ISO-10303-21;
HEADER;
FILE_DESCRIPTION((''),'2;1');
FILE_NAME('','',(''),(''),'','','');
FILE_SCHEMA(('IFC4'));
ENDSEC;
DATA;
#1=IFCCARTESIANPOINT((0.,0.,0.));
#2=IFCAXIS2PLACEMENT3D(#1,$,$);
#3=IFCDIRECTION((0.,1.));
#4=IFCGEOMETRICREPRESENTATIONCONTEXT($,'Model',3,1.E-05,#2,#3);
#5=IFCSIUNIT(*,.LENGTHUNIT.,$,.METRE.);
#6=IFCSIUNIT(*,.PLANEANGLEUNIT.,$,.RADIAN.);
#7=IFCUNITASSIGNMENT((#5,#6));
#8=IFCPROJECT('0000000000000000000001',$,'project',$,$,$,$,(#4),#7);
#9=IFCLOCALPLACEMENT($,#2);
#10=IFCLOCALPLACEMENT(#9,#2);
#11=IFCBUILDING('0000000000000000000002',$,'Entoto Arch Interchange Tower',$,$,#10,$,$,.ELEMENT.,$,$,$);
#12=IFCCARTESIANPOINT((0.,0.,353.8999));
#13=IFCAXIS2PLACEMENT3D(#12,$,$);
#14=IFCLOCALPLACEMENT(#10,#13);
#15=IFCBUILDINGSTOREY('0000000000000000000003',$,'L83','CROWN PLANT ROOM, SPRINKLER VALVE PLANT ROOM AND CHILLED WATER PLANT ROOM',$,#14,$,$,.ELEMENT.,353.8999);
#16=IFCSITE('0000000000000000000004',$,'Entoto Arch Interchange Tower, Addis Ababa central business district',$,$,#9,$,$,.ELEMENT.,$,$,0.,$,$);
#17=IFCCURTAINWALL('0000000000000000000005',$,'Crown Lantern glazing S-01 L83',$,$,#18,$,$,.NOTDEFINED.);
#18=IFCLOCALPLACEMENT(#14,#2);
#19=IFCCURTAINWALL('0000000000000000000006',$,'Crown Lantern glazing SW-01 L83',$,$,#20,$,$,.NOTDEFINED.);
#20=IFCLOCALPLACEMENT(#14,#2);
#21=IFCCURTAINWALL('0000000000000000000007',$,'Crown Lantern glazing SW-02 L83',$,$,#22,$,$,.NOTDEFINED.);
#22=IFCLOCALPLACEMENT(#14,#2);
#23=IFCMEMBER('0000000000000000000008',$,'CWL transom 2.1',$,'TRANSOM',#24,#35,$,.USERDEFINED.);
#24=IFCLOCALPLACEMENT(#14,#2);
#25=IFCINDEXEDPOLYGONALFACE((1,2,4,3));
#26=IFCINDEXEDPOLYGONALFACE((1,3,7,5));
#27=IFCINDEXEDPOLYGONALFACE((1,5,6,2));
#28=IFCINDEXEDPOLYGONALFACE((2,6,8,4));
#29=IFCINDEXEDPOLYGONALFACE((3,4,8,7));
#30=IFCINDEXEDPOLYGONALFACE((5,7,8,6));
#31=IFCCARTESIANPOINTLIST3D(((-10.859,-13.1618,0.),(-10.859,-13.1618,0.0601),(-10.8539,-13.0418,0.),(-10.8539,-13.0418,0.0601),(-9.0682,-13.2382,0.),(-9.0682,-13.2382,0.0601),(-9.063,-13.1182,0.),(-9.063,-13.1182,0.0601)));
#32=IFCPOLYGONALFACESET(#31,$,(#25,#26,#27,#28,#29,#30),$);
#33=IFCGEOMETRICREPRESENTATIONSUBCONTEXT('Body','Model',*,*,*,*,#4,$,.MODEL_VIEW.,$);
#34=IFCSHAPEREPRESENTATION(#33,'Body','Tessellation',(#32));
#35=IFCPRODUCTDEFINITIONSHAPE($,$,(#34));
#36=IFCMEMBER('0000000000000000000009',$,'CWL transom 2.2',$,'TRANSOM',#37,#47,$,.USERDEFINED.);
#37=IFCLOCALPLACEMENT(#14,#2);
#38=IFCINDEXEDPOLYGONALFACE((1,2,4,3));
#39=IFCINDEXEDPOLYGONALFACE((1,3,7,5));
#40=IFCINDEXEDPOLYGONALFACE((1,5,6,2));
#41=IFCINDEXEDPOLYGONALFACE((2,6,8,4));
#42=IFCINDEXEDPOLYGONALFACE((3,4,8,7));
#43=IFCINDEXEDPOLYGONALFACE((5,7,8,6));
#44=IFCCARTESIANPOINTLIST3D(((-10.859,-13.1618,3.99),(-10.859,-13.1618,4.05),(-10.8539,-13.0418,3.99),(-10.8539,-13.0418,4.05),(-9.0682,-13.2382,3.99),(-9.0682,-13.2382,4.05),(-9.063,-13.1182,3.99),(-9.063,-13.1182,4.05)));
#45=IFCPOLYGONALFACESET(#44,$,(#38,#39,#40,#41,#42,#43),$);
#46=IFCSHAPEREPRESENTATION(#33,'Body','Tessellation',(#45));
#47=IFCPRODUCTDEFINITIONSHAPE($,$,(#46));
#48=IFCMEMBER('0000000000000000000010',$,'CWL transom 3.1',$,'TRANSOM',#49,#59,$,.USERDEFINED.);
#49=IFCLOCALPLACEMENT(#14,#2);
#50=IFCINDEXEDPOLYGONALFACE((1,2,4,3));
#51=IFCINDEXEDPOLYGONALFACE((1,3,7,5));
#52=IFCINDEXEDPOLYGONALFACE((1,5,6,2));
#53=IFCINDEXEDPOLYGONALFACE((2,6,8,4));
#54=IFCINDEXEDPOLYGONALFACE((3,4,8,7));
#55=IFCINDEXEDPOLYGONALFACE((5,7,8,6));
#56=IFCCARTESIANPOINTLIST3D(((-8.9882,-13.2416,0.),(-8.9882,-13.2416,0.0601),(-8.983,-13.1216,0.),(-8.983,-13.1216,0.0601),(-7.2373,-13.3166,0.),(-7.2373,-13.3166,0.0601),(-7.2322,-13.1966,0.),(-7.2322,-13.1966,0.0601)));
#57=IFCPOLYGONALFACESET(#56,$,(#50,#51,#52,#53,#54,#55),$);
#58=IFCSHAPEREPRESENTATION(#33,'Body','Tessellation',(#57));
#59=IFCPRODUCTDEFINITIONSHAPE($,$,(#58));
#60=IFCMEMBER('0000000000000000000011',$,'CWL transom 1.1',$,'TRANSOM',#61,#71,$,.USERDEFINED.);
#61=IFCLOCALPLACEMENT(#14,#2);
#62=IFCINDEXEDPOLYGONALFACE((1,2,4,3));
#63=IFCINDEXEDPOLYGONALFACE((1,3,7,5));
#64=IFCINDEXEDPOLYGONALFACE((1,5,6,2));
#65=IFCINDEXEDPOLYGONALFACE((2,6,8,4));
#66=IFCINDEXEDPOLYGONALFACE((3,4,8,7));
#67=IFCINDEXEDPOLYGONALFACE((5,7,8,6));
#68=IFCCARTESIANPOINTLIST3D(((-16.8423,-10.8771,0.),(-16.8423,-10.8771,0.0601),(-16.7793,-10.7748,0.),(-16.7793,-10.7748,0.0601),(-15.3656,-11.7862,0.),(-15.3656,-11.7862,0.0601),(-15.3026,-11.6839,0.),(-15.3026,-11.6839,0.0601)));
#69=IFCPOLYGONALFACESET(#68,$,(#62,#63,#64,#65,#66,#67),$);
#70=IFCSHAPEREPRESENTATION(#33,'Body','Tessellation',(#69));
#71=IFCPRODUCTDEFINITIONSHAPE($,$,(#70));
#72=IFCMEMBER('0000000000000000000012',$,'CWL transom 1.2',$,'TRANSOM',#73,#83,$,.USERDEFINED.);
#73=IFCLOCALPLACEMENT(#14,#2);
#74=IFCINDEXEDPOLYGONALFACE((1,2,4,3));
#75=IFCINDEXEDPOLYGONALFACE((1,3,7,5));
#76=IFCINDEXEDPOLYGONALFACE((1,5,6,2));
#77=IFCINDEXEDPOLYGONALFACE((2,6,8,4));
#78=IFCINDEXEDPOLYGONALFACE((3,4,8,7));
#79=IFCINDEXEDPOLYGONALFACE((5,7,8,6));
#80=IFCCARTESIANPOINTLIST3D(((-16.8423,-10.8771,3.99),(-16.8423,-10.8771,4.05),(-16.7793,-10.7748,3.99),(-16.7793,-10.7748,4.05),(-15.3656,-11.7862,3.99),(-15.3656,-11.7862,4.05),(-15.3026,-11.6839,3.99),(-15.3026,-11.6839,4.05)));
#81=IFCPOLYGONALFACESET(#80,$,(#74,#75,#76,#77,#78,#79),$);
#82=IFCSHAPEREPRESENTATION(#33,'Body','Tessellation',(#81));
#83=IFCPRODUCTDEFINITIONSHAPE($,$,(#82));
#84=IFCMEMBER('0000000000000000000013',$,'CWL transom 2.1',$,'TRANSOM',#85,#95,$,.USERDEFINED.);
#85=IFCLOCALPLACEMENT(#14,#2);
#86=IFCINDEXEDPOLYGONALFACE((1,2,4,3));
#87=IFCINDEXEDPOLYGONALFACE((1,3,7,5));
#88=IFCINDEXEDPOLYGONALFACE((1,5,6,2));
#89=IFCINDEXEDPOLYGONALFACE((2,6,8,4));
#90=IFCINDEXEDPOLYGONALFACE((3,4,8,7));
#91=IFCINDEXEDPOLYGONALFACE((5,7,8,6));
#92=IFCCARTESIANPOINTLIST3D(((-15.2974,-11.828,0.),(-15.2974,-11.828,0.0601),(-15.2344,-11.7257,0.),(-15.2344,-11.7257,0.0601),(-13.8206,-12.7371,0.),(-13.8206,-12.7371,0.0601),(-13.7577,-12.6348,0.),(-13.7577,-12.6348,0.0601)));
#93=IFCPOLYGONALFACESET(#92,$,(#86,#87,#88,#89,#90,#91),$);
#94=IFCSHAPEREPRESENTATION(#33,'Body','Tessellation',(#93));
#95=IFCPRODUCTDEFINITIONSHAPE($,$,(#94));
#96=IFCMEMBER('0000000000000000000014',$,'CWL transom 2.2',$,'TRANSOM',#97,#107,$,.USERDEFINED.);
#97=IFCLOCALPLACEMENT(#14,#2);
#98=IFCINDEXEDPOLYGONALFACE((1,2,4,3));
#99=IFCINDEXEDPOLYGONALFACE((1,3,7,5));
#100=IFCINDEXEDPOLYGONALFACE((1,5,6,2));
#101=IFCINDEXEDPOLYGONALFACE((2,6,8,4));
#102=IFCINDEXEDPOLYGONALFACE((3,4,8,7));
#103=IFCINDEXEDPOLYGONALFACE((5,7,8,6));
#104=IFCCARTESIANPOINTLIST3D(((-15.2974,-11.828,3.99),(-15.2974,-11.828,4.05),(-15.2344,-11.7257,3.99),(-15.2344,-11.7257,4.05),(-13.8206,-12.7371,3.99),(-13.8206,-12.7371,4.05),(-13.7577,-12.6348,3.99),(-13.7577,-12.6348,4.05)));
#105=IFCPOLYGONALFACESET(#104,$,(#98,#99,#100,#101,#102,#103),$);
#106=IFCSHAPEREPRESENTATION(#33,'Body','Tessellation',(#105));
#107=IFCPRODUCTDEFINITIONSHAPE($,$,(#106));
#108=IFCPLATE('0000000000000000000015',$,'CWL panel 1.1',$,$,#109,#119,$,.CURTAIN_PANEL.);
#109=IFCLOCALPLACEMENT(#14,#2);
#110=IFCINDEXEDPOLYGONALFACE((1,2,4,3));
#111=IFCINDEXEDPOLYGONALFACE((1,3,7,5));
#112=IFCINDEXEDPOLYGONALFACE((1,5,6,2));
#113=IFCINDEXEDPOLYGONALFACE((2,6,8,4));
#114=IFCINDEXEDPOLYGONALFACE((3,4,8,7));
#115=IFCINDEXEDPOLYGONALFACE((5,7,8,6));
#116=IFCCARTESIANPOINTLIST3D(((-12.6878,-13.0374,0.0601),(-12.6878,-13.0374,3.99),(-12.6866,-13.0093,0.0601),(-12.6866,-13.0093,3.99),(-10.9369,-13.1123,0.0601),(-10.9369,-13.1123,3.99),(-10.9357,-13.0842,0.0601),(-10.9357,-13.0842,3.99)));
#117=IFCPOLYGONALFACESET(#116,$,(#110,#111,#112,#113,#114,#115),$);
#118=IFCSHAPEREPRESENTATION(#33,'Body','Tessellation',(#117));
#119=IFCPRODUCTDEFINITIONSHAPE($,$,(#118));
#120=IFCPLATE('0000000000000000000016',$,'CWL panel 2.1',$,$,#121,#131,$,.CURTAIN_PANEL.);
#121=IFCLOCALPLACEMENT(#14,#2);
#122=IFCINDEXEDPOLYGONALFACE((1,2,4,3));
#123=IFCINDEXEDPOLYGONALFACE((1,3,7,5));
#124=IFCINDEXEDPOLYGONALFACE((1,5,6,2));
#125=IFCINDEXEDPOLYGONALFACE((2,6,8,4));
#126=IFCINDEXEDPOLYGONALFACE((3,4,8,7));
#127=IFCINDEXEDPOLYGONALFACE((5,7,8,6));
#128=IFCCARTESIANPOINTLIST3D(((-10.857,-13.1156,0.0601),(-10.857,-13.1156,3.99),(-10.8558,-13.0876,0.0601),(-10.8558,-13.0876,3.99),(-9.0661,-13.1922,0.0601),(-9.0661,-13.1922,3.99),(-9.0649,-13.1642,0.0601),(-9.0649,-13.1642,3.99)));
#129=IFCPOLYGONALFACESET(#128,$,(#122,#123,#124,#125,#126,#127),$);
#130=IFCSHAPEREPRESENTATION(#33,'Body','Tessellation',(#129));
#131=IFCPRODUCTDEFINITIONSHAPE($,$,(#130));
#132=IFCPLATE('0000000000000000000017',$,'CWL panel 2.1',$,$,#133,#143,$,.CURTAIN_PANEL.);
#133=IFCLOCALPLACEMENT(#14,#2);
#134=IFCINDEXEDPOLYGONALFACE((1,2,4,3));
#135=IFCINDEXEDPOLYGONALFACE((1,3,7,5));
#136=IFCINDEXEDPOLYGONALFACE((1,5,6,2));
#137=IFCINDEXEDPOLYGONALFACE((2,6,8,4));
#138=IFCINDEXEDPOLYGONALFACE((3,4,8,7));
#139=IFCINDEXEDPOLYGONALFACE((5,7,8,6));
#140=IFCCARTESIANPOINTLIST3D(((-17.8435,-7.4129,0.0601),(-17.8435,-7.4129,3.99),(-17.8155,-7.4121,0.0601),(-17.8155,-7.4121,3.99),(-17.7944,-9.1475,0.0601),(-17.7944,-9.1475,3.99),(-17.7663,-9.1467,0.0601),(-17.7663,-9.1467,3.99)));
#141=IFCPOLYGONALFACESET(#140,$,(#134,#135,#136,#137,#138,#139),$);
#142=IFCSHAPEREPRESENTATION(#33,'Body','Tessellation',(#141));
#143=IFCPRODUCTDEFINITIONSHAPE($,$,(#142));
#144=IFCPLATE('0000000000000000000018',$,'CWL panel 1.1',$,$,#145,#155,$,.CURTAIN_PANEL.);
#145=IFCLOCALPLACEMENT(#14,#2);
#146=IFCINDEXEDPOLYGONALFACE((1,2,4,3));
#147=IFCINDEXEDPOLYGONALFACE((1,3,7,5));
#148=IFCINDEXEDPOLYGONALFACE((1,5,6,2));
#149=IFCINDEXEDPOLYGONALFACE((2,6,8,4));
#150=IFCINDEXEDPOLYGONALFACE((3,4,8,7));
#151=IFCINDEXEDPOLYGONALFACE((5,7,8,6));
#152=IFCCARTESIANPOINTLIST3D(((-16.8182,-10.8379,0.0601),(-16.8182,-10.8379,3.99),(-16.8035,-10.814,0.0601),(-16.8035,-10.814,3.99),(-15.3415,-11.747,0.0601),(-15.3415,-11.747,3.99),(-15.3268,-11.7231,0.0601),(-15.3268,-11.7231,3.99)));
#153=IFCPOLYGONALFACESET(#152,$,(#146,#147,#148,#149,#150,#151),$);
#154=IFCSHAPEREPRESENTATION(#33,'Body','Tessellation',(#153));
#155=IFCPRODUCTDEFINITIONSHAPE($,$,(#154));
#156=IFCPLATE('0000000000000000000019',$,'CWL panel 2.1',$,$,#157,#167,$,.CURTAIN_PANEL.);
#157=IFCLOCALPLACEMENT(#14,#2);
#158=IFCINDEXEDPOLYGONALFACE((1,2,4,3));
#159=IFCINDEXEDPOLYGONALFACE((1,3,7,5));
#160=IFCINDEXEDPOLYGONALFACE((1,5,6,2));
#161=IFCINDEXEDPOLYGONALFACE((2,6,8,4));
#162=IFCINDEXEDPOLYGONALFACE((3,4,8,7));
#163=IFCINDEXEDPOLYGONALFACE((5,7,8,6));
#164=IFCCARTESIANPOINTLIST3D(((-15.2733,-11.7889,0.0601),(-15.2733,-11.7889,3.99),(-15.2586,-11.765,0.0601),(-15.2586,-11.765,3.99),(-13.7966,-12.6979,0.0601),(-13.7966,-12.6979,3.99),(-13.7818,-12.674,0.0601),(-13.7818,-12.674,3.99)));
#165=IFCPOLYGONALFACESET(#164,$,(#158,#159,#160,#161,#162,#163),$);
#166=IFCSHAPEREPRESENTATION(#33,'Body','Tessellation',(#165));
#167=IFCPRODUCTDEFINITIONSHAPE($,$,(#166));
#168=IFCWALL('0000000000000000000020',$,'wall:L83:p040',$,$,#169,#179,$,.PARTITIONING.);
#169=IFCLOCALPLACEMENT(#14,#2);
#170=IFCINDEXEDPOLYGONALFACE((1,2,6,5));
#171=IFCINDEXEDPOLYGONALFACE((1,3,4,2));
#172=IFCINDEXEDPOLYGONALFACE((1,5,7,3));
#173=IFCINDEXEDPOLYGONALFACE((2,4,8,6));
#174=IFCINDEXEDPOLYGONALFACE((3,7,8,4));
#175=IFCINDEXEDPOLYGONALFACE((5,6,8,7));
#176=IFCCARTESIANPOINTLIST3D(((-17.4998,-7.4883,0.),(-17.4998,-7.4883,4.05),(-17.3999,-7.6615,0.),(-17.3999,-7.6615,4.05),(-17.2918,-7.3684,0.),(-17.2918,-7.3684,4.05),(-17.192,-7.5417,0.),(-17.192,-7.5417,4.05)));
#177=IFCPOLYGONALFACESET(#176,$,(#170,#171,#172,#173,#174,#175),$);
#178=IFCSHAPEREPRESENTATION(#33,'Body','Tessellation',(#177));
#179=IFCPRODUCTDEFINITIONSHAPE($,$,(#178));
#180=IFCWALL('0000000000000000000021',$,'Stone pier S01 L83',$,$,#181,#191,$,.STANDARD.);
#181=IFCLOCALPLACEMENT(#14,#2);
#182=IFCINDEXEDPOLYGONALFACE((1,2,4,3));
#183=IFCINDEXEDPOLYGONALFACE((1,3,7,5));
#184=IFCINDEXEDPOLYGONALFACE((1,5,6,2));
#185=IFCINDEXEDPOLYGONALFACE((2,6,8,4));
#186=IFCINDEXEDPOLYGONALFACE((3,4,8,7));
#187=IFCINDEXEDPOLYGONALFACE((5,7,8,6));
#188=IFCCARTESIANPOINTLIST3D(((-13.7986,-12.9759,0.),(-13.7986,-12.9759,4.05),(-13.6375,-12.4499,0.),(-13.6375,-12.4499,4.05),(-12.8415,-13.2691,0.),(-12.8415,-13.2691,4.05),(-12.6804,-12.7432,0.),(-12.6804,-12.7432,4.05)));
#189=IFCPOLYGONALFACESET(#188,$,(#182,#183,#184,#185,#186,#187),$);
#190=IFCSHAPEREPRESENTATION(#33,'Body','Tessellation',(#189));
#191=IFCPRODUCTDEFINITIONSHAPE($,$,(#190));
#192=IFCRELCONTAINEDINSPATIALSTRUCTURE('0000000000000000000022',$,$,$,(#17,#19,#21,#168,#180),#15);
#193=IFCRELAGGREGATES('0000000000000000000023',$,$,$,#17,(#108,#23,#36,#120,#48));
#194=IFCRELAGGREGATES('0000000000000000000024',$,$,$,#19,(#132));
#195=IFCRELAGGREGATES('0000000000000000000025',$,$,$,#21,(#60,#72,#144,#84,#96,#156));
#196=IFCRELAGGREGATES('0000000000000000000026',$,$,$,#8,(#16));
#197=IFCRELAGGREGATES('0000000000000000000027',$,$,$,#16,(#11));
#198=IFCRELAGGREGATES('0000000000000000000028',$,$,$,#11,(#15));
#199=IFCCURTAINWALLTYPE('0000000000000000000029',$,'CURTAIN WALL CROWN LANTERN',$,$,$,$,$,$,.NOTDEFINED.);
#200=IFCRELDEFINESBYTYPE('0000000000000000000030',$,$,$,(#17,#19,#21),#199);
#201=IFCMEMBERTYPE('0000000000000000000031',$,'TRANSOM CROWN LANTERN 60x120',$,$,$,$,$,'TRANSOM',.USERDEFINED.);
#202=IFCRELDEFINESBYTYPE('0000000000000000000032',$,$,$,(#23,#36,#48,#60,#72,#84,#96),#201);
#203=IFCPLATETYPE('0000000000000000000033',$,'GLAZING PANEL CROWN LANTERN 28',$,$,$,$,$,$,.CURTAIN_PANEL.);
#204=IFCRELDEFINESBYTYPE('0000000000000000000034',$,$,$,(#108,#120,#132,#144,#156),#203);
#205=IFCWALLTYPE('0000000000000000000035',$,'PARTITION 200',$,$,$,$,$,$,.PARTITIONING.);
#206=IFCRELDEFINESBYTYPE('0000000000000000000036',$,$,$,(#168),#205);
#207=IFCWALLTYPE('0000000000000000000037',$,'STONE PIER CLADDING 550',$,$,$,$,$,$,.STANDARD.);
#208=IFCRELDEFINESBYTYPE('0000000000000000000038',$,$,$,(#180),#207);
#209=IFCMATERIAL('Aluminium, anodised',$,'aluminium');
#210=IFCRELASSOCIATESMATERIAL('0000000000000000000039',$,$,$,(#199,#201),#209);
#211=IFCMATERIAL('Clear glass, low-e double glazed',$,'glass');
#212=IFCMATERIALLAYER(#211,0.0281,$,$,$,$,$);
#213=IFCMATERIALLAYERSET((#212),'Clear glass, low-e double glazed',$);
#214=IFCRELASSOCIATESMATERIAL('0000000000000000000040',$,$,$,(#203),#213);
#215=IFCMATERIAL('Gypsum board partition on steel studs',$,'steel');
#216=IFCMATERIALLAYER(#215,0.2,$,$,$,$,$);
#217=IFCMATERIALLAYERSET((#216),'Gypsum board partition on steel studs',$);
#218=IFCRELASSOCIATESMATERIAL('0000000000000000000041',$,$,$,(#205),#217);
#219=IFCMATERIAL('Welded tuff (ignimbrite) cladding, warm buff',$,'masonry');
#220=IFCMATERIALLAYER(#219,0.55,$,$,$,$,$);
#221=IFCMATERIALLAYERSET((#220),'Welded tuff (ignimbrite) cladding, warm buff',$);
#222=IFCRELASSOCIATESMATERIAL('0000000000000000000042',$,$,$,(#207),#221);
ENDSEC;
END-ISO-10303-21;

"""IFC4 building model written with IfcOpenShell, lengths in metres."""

from ifc_helpers import new_model, si_unit, direction, frame, frame_2d, origin, origin_2d, place, context, subcontext, project, spatial, rectangle, extrude, material, layer, layer_set, material_profile, profile_set, type_object, element, aggregate, save


model = new_model("IFC4")

# Units and contexts
model_context = context("Model", 3, precision=1e-05, world=origin(), true_north=direction((0.0, 1.0)))
body_context = subcontext(model_context, "Body", "Model", "MODEL_VIEW")
ifc_project = project(units=[si_unit("LENGTHUNIT", "METRE"), si_unit("PLANEANGLEUNIT", "RADIAN")], contexts=[model_context])

# Site, building, storey
site_placement = place(None, origin())
site = spatial("IfcSite", under=ifc_project, at=site_placement, Name="Entoto Arch Interchange Tower, Addis Ababa central business district", CompositionType="ELEMENT", RefElevation=0.0)
building_placement = place(site_placement, origin())
building = spatial("IfcBuilding", under=site, at=building_placement, Name="Entoto Arch Interchange Tower", CompositionType="ELEMENT")
storey_placement = place(building_placement, frame((0.0, 0.0, 353.8999)))
storey = spatial("IfcBuildingStorey", under=building, at=storey_placement, Name="L83", Description="CROWN PLANT ROOM, SPRINKLER VALVE PLANT ROOM AND CHILLED WATER PLANT ROOM", CompositionType="ELEMENT", Elevation=353.8999)

# Curtain wall
ifc_material_1 = material(Name="Aluminium, anodised", Category="aluminium")
curtain_wall_type = type_object("IfcCurtainWallType", Name="CURTAIN WALL CROWN LANTERN", PredefinedType="NOTDEFINED", material=ifc_material_1)
curtain_wall_1_placement = place(storey_placement, origin())
curtain_wall_1 = element("IfcCurtainWall", 1, at=curtain_wall_1_placement, inside=storey, type_object=curtain_wall_type, Name="Crown Lantern glazing S-01 L83", PredefinedType="NOTDEFINED")

# Curtain wall
curtain_wall_2_placement = place(storey_placement, origin())
curtain_wall_2 = element("IfcCurtainWall", 2, at=curtain_wall_2_placement, inside=storey, type_object=curtain_wall_type, Name="Crown Lantern glazing SW-01 L83", PredefinedType="NOTDEFINED")

# Curtain wall
curtain_wall_3_placement = place(storey_placement, origin())
curtain_wall_3 = element("IfcCurtainWall", 3, at=curtain_wall_3_placement, inside=storey, type_object=curtain_wall_type, Name="Crown Lantern glazing SW-02 L83", PredefinedType="NOTDEFINED")

# Members
ifc_material_profile_1 = material_profile(ifc_material_1, rectangle(XDim=0.1201, YDim=0.0601, at=origin_2d()))
ifc_profile_set_1 = profile_set([ifc_material_profile_1], Name="Aluminium, anodised")
member_type_1 = type_object("IfcMemberType", Name="TRANSOM CROWN LANTERN 60x120", ElementType="TRANSOM", PredefinedType="USERDEFINED", material=ifc_profile_set_1)
member_1_placement = place(storey_placement, frame((-10.8564, -13.1018, 0.03), z_axis=(0.999091, -0.042633, 0.0), x_axis=(0.042633, 0.999091, 0.0)))
member_1 = element("IfcMember", 4, at=member_1_placement, type_object=member_type_1, Name="CWL transom 2.1", ObjectType="TRANSOM", PredefinedType="USERDEFINED", context=body_context, shape_type="SweptSolid", body=[
    extrude(rectangle(XDim=0.1201, YDim=0.0601, at=origin_2d()), origin(), (0.0, 0.0, 1.0), 1.7925),
])
member_2_placement = place(storey_placement, frame((-10.8564, -13.1018, 4.02), z_axis=(0.999091, -0.042633, 0.0), x_axis=(0.042633, 0.999091, 0.0)))
member_2 = element("IfcMember", 5, at=member_2_placement, type_object=member_type_1, Name="CWL transom 2.2", ObjectType="TRANSOM", PredefinedType="USERDEFINED", context=body_context, shape_type="SweptSolid", body=[
    extrude(rectangle(XDim=0.1201, YDim=0.0601, at=origin_2d()), origin(), (0.0, 0.0, 1.0), 1.7925),
])
member_3_placement = place(storey_placement, frame((-8.9856, -13.1816, 0.03), z_axis=(0.999085, -0.042772, 0.0), x_axis=(0.042772, 0.999085, 0.0)))
member_3 = element("IfcMember", 6, at=member_3_placement, type_object=member_type_1, Name="CWL transom 3.1", ObjectType="TRANSOM", PredefinedType="USERDEFINED", context=body_context, shape_type="SweptSolid", body=[
    extrude(rectangle(XDim=0.1201, YDim=0.0601, at=origin_2d()), origin(), (0.0, 0.0, 1.0), 1.7524),
])
member_4_placement = place(storey_placement, frame((-16.8108, -10.8259, 0.03), z_axis=(0.851562, -0.524255, 0.0), x_axis=(0.524255, 0.851562, 0.0)))
member_4 = element("IfcMember", 7, at=member_4_placement, type_object=member_type_1, Name="CWL transom 1.1", ObjectType="TRANSOM", PredefinedType="USERDEFINED", context=body_context, shape_type="SweptSolid", body=[
    extrude(rectangle(XDim=0.1201, YDim=0.0601, at=origin_2d()), origin(), (0.0, 0.0, 1.0), 1.7341),
])
member_5_placement = place(storey_placement, frame((-16.8108, -10.8259, 4.02), z_axis=(0.851562, -0.524255, 0.0), x_axis=(0.524255, 0.851562, 0.0)))
member_5 = element("IfcMember", 8, at=member_5_placement, type_object=member_type_1, Name="CWL transom 1.2", ObjectType="TRANSOM", PredefinedType="USERDEFINED", context=body_context, shape_type="SweptSolid", body=[
    extrude(rectangle(XDim=0.1201, YDim=0.0601, at=origin_2d()), origin(), (0.0, 0.0, 1.0), 1.7341),
])
member_6_placement = place(storey_placement, frame((-15.2659, -11.7769, 0.03), z_axis=(0.851562, -0.524255, 0.0), x_axis=(0.524255, 0.851562, 0.0)))
member_6 = element("IfcMember", 9, at=member_6_placement, type_object=member_type_1, Name="CWL transom 2.1", ObjectType="TRANSOM", PredefinedType="USERDEFINED", context=body_context, shape_type="SweptSolid", body=[
    extrude(rectangle(XDim=0.1201, YDim=0.0601, at=origin_2d()), origin(), (0.0, 0.0, 1.0), 1.7341),
])
member_7_placement = place(storey_placement, frame((-15.2659, -11.7769, 4.02), z_axis=(0.851562, -0.524255, 0.0), x_axis=(0.524255, 0.851562, 0.0)))
member_7 = element("IfcMember", 10, at=member_7_placement, type_object=member_type_1, Name="CWL transom 2.2", ObjectType="TRANSOM", PredefinedType="USERDEFINED", context=body_context, shape_type="SweptSolid", body=[
    extrude(rectangle(XDim=0.1201, YDim=0.0601, at=origin_2d()), origin(), (0.0, 0.0, 1.0), 1.7341),
])

# Plates
ifc_material_2 = material(Name="Clear glass, low-e double glazed", Category="glass")
ifc_layer_1 = layer(ifc_material_2, 0.0281)
ifc_layer_set_1 = layer_set([ifc_layer_1], Name="Clear glass, low-e double glazed")
plate_type = type_object("IfcPlateType", Name="GLAZING PANEL CROWN LANTERN 28", PredefinedType="CURTAIN_PANEL", material=ifc_layer_set_1)
plate_1_placement = place(storey_placement, frame((-11.8118, -13.0608, 0.0601), z_axis=(0.0, 0.0, 1.0), x_axis=(0.999087, -0.042726, 0.0)))
plate_1 = element("IfcPlate", 11, at=plate_1_placement, type_object=plate_type, Name="CWL panel 1.1", PredefinedType="CURTAIN_PANEL", context=body_context, shape_type="SweptSolid", body=[
    extrude(rectangle(XDim=1.7524, YDim=0.0281, at=origin_2d()), origin(), (0.0, 0.0, 1.0), 3.9299),
])
plate_2_placement = place(storey_placement, frame((-9.9609, -13.1399, 0.0601), z_axis=(0.0, 0.0, 1.0), x_axis=(0.999087, -0.042726, 0.0)))
plate_2 = element("IfcPlate", 12, at=plate_2_placement, type_object=plate_type, Name="CWL panel 2.1", PredefinedType="CURTAIN_PANEL", context=body_context, shape_type="SweptSolid", body=[
    extrude(rectangle(XDim=1.7925, YDim=0.0281, at=origin_2d()), origin(), (0.0, 0.0, 1.0), 3.9299),
])
aggregate(curtain_wall_1, [plate_1, member_1, member_2, plate_2, member_3])
plate_3_placement = place(storey_placement, frame((-17.8049, -8.2798, 0.0601), z_axis=(0.0, 0.0, 1.0), x_axis=(0.028298, -0.9996, 0.0)))
plate_3 = element("IfcPlate", 13, at=plate_3_placement, type_object=plate_type, Name="CWL panel 2.1", PredefinedType="CURTAIN_PANEL", context=body_context, shape_type="SweptSolid", body=[
    extrude(rectangle(XDim=1.7354, YDim=0.0281, at=origin_2d()), origin(), (0.0, 0.0, 1.0), 3.9299),
])
aggregate(curtain_wall_2, [plate_3])
plate_4_placement = place(storey_placement, frame((-16.0725, -11.2805, 0.0601), z_axis=(0.0, 0.0, 1.0), x_axis=(0.851584, -0.524218, 0.0)))
plate_4 = element("IfcPlate", 14, at=plate_4_placement, type_object=plate_type, Name="CWL panel 1.1", PredefinedType="CURTAIN_PANEL", context=body_context, shape_type="SweptSolid", body=[
    extrude(rectangle(XDim=1.7341, YDim=0.0281, at=origin_2d()), origin(), (0.0, 0.0, 1.0), 3.9299),
])
plate_5_placement = place(storey_placement, frame((-14.5276, -12.2314, 0.0601), z_axis=(0.0, 0.0, 1.0), x_axis=(0.851584, -0.524218, 0.0)))
plate_5 = element("IfcPlate", 15, at=plate_5_placement, type_object=plate_type, Name="CWL panel 2.1", PredefinedType="CURTAIN_PANEL", context=body_context, shape_type="SweptSolid", body=[
    extrude(rectangle(XDim=1.7341, YDim=0.0281, at=origin_2d()), origin(), (0.0, 0.0, 1.0), 3.9299),
])
aggregate(curtain_wall_3, [member_4, member_5, plate_4, member_6, member_7, plate_5])

# Walls
ifc_material_3 = material(Name="Gypsum board partition on steel studs", Category="steel")
ifc_layer_2 = layer(ifc_material_3, 0.2)
ifc_layer_set_2 = layer_set([ifc_layer_2], Name="Gypsum board partition on steel studs")
wall_type_1 = type_object("IfcWallType", Name="PARTITION 200", PredefinedType="PARTITIONING", material=ifc_layer_set_2)
wall_1_placement = place(storey_placement, frame((-17.45, -7.575, 0.0), z_axis=(0.0, 0.0, 1.0), x_axis=(0.866423, 0.499312, 0.0)))
element("IfcWall", 16, at=wall_1_placement, inside=storey, type_object=wall_type_1, Name="wall:L83:p040", PredefinedType="PARTITIONING", context=body_context, shape_type="SweptSolid", body=[
    extrude(rectangle(XDim=0.24, YDim=0.2, at=frame_2d((0.1201, 0.0))), origin(), (0.0, 0.0, 1.0), 4.05),
])
ifc_material_4 = material(Name="Welded tuff (ignimbrite) cladding, warm buff", Category="masonry")
ifc_layer_3 = layer(ifc_material_4, 0.55)
ifc_layer_set_3 = layer_set([ifc_layer_3], Name="Welded tuff (ignimbrite) cladding, warm buff")
wall_type_2 = type_object("IfcWallType", Name="STONE PIER CLADDING 550", PredefinedType="STANDARD", material=ifc_layer_set_3)
wall_2_placement = place(storey_placement, frame((-13.718, -12.7129, 0.0), z_axis=(0.0, 0.0, 1.0), x_axis=(0.956132, -0.292937, 0.0)))
element("IfcWall", 17, at=wall_2_placement, inside=storey, type_object=wall_type_2, Name="Stone pier S01 L83", PredefinedType="STANDARD", context=body_context, shape_type="SweptSolid", body=[
    extrude(rectangle(XDim=1.001, YDim=0.55, at=frame_2d((0.5005, 0.0))), origin(), (0.0, 0.0, 1.0), 4.05),
])

save(model, "model.ifc")
